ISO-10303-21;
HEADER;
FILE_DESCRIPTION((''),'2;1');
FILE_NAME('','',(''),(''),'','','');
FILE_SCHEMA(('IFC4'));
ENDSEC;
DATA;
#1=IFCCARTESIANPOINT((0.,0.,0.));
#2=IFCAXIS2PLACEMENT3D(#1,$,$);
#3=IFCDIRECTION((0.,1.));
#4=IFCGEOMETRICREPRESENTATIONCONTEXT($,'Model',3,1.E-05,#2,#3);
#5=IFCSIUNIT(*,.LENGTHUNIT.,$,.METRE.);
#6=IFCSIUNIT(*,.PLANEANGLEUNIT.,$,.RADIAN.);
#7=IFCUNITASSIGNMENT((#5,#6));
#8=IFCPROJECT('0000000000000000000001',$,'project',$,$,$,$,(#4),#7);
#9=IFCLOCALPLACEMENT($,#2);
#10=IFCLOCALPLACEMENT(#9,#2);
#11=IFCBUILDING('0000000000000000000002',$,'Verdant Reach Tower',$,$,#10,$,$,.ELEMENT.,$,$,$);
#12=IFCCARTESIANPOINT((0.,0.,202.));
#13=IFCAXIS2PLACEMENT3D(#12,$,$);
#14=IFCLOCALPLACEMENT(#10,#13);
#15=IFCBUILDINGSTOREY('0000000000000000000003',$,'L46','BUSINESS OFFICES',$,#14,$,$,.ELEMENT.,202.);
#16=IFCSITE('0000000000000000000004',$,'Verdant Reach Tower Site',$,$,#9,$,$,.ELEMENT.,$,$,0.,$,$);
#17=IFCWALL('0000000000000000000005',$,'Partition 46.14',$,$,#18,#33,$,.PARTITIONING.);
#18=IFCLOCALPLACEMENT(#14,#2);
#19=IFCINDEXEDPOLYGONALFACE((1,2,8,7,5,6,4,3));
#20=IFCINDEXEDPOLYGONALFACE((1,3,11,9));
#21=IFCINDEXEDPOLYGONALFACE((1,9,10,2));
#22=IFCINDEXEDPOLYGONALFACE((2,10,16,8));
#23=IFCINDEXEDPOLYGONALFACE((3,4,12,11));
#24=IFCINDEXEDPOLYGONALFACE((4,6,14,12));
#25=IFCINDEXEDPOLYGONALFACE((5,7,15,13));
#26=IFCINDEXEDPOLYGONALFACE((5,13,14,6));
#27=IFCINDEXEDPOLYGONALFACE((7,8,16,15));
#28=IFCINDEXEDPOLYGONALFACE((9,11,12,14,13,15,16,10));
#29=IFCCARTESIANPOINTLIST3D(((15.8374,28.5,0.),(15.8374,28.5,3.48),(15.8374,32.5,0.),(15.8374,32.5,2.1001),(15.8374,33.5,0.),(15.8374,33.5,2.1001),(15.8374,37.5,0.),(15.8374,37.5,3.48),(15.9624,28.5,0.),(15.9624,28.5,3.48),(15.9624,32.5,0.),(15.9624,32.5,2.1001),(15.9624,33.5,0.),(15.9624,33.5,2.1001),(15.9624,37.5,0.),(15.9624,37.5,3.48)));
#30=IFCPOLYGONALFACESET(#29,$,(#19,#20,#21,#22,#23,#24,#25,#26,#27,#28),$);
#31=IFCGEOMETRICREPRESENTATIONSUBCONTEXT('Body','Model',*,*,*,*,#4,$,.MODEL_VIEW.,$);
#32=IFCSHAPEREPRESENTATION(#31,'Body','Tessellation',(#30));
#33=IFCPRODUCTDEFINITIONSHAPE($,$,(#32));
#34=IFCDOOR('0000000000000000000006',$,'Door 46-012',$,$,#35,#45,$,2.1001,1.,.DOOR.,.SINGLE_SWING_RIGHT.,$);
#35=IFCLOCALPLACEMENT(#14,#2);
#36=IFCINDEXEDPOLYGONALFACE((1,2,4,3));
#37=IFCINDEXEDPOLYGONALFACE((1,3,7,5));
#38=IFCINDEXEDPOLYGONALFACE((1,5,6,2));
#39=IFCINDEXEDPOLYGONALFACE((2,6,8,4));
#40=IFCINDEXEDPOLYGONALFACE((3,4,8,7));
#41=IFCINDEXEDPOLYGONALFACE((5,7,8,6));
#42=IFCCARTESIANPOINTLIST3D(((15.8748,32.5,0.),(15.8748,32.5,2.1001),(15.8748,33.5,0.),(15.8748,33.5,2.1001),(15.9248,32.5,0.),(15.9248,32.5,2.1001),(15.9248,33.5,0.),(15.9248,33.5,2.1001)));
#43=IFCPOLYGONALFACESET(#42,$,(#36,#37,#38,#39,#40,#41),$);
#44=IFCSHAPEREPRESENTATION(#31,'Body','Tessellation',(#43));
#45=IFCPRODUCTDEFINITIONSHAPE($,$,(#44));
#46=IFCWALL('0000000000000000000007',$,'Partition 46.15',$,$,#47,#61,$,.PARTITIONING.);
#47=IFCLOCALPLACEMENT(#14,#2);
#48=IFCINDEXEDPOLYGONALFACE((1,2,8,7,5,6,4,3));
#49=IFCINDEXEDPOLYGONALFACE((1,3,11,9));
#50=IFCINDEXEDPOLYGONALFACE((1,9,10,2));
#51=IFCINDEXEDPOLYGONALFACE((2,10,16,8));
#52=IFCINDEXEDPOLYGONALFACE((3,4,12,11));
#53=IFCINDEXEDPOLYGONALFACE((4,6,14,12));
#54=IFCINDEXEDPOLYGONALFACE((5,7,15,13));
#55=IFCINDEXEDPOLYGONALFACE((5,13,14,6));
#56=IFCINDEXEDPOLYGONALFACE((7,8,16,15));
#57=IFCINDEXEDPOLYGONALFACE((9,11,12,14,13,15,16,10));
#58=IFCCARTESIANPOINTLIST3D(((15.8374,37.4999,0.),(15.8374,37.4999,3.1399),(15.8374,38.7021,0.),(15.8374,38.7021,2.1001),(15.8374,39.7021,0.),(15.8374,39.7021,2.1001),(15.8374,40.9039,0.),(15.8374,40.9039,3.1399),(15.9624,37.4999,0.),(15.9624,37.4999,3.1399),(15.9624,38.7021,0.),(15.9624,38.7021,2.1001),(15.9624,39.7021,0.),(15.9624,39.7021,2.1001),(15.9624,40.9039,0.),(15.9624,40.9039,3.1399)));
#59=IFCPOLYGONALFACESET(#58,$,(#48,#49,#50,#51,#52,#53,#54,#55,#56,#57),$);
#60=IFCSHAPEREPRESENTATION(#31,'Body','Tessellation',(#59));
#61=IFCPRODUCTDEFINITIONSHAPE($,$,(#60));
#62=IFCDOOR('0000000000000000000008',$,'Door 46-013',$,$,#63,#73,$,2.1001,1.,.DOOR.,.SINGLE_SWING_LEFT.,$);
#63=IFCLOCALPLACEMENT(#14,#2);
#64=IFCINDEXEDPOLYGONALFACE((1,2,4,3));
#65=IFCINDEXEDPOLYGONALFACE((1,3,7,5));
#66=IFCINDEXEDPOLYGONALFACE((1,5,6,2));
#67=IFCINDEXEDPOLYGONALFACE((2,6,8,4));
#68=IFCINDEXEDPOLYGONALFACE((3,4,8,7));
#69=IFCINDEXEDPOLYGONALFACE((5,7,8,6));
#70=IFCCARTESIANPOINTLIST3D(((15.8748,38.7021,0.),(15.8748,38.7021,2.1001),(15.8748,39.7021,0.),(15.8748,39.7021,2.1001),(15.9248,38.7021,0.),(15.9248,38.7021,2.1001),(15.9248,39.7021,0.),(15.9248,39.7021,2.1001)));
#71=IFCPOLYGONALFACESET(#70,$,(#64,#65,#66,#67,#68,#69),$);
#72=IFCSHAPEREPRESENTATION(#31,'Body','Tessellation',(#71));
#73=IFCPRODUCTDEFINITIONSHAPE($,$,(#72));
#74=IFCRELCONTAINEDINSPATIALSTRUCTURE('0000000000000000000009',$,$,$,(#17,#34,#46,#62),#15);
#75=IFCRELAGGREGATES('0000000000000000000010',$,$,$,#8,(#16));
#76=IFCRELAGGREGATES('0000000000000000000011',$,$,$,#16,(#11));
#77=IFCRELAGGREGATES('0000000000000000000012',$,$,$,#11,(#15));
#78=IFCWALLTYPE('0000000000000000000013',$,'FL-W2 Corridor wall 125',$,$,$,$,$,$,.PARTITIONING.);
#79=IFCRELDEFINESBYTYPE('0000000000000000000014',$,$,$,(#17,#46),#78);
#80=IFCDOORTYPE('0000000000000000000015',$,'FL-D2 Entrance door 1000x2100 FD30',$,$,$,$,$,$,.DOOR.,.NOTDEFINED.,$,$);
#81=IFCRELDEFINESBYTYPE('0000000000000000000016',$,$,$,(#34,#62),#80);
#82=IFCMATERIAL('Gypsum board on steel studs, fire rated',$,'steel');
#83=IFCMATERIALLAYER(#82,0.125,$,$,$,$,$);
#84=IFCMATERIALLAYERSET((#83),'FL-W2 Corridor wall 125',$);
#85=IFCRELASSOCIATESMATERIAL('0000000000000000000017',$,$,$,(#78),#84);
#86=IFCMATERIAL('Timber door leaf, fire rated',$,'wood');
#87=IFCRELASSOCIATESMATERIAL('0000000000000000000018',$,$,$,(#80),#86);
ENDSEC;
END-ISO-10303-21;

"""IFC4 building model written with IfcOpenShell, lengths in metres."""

from ifc_helpers import new_model, si_unit, direction, frame, frame_2d, origin, place, context, subcontext, project, spatial, rectangle, extrude, material, layer, layer_set, type_object, element, fill, save


model = new_model("IFC4")

# Units and contexts
model_context = context("Model", 3, precision=1e-05, world=origin(), true_north=direction((0.0, 1.0)))
body_context = subcontext(model_context, "Body", "Model", "MODEL_VIEW")
ifc_project = project(units=[si_unit("LENGTHUNIT", "METRE"), si_unit("PLANEANGLEUNIT", "RADIAN")], contexts=[model_context])

# Site, building, storey
site_placement = place(None, origin())
site = spatial("IfcSite", under=ifc_project, at=site_placement, Name="Verdant Reach Tower Site", CompositionType="ELEMENT", RefElevation=0.0)
building_placement = place(site_placement, origin())
building = spatial("IfcBuilding", under=site, at=building_placement, Name="Verdant Reach Tower", CompositionType="ELEMENT")
storey_placement = place(building_placement, frame((0.0, 0.0, 202.0)))
storey = spatial("IfcBuildingStorey", under=building, at=storey_placement, Name="L46", Description="BUSINESS OFFICES", CompositionType="ELEMENT", Elevation=202.0)

# Walls, openings, doors
ifc_material_1 = material(Name="Gypsum board on steel studs, fire rated", Category="steel")
ifc_layer_1 = layer(ifc_material_1, 0.125)
ifc_layer_set_1 = layer_set([ifc_layer_1], Name="FL-W2 Corridor wall 125")
wall_type_1 = type_object("IfcWallType", Name="FL-W2 Corridor wall 125", PredefinedType="PARTITIONING", material=ifc_layer_set_1)
wall_1_placement = place(storey_placement, frame((15.8999, 37.5, 0.0), z_axis=(0.0, 0.0, 1.0), x_axis=(0.0, -1.0, 0.0)))
wall_1 = element("IfcWall", 1, at=wall_1_placement, inside=storey, type_object=wall_type_1, Name="Partition 46.14", PredefinedType="PARTITIONING", context=body_context, shape_type="SweptSolid", body=[
    extrude(rectangle(XDim=9.0, YDim=0.125, at=frame_2d((4.5, 0.0))), origin(), (0.0, 0.0, 1.0), 3.48),
])
opening_1_placement = place(wall_1_placement, frame((4.0, 0.0, 0.0)))
opening_1 = element("IfcOpeningElement", 2, at=opening_1_placement, cuts=wall_1, PredefinedType="OPENING", context=body_context, shape_type="SweptSolid", body=[
    extrude(rectangle(XDim=1.0, YDim=2.1001, at=frame_2d((0.5, 1.05))), frame((0.0, 0.0725, 0.0), z_axis=(0.0, -1.0, 0.0), x_axis=(1.0, 0.0, 0.0)), (0.0, 0.0, 1.0), 0.145),
])
ifc_material_2 = material(Name="Timber door leaf, fire rated", Category="wood")
door_type = type_object("IfcDoorType", Name="FL-D2 Entrance door 1000x2100 FD30", OperationType="NOTDEFINED", PredefinedType="DOOR", material=ifc_material_2)
door_1_placement = place(opening_1_placement, origin())
door_1 = element("IfcDoor", 3, at=door_1_placement, inside=storey, type_object=door_type, Name="Door 46-012", OperationType="SINGLE_SWING_RIGHT", OverallHeight=2.1001, OverallWidth=1.0, PredefinedType="DOOR", context=body_context, shape_type="SweptSolid", body=[
    extrude(rectangle(XDim=1.0, YDim=2.1001, at=frame_2d((0.5, 1.05))), frame((0.0, 0.0249, 0.0), z_axis=(0.0, -1.0, 0.0), x_axis=(1.0, 0.0, 0.0)), (0.0, 0.0, 1.0), 0.05),
])
fill(opening_1, door_1)
wall_2_placement = place(storey_placement, frame((15.8999, 40.9041, 0.0), z_axis=(0.0, 0.0, 1.0), x_axis=(0.0, -1.0, 0.0)))
wall_2 = element("IfcWall", 4, at=wall_2_placement, inside=storey, type_object=wall_type_1, Name="Partition 46.15", PredefinedType="PARTITIONING", context=body_context, shape_type="SweptSolid", body=[
    extrude(rectangle(XDim=3.4041, YDim=0.125, at=frame_2d((1.7021, 0.0))), origin(), (0.0, 0.0, 1.0), 3.1399),
])
opening_2_placement = place(wall_2_placement, frame((1.2019, 0.0, 0.0)))
opening_2 = element("IfcOpeningElement", 5, at=opening_2_placement, cuts=wall_2, PredefinedType="OPENING", context=body_context, shape_type="SweptSolid", body=[
    extrude(rectangle(XDim=1.0, YDim=2.1001, at=frame_2d((0.5, 1.05))), frame((0.0, 0.0725, 0.0), z_axis=(0.0, -1.0, 0.0), x_axis=(1.0, 0.0, 0.0)), (0.0, 0.0, 1.0), 0.145),
])
door_2_placement = place(opening_2_placement, origin())
door_2 = element("IfcDoor", 6, at=door_2_placement, inside=storey, type_object=door_type, Name="Door 46-013", OperationType="SINGLE_SWING_LEFT", OverallHeight=2.1001, OverallWidth=1.0, PredefinedType="DOOR", context=body_context, shape_type="SweptSolid", body=[
    extrude(rectangle(XDim=1.0, YDim=2.1001, at=frame_2d((0.5, 1.05))), frame((0.0, 0.0249, 0.0), z_axis=(0.0, -1.0, 0.0), x_axis=(1.0, 0.0, 0.0)), (0.0, 0.0, 1.0), 0.05),
])
fill(opening_2, door_2)

save(model, "model.ifc")
